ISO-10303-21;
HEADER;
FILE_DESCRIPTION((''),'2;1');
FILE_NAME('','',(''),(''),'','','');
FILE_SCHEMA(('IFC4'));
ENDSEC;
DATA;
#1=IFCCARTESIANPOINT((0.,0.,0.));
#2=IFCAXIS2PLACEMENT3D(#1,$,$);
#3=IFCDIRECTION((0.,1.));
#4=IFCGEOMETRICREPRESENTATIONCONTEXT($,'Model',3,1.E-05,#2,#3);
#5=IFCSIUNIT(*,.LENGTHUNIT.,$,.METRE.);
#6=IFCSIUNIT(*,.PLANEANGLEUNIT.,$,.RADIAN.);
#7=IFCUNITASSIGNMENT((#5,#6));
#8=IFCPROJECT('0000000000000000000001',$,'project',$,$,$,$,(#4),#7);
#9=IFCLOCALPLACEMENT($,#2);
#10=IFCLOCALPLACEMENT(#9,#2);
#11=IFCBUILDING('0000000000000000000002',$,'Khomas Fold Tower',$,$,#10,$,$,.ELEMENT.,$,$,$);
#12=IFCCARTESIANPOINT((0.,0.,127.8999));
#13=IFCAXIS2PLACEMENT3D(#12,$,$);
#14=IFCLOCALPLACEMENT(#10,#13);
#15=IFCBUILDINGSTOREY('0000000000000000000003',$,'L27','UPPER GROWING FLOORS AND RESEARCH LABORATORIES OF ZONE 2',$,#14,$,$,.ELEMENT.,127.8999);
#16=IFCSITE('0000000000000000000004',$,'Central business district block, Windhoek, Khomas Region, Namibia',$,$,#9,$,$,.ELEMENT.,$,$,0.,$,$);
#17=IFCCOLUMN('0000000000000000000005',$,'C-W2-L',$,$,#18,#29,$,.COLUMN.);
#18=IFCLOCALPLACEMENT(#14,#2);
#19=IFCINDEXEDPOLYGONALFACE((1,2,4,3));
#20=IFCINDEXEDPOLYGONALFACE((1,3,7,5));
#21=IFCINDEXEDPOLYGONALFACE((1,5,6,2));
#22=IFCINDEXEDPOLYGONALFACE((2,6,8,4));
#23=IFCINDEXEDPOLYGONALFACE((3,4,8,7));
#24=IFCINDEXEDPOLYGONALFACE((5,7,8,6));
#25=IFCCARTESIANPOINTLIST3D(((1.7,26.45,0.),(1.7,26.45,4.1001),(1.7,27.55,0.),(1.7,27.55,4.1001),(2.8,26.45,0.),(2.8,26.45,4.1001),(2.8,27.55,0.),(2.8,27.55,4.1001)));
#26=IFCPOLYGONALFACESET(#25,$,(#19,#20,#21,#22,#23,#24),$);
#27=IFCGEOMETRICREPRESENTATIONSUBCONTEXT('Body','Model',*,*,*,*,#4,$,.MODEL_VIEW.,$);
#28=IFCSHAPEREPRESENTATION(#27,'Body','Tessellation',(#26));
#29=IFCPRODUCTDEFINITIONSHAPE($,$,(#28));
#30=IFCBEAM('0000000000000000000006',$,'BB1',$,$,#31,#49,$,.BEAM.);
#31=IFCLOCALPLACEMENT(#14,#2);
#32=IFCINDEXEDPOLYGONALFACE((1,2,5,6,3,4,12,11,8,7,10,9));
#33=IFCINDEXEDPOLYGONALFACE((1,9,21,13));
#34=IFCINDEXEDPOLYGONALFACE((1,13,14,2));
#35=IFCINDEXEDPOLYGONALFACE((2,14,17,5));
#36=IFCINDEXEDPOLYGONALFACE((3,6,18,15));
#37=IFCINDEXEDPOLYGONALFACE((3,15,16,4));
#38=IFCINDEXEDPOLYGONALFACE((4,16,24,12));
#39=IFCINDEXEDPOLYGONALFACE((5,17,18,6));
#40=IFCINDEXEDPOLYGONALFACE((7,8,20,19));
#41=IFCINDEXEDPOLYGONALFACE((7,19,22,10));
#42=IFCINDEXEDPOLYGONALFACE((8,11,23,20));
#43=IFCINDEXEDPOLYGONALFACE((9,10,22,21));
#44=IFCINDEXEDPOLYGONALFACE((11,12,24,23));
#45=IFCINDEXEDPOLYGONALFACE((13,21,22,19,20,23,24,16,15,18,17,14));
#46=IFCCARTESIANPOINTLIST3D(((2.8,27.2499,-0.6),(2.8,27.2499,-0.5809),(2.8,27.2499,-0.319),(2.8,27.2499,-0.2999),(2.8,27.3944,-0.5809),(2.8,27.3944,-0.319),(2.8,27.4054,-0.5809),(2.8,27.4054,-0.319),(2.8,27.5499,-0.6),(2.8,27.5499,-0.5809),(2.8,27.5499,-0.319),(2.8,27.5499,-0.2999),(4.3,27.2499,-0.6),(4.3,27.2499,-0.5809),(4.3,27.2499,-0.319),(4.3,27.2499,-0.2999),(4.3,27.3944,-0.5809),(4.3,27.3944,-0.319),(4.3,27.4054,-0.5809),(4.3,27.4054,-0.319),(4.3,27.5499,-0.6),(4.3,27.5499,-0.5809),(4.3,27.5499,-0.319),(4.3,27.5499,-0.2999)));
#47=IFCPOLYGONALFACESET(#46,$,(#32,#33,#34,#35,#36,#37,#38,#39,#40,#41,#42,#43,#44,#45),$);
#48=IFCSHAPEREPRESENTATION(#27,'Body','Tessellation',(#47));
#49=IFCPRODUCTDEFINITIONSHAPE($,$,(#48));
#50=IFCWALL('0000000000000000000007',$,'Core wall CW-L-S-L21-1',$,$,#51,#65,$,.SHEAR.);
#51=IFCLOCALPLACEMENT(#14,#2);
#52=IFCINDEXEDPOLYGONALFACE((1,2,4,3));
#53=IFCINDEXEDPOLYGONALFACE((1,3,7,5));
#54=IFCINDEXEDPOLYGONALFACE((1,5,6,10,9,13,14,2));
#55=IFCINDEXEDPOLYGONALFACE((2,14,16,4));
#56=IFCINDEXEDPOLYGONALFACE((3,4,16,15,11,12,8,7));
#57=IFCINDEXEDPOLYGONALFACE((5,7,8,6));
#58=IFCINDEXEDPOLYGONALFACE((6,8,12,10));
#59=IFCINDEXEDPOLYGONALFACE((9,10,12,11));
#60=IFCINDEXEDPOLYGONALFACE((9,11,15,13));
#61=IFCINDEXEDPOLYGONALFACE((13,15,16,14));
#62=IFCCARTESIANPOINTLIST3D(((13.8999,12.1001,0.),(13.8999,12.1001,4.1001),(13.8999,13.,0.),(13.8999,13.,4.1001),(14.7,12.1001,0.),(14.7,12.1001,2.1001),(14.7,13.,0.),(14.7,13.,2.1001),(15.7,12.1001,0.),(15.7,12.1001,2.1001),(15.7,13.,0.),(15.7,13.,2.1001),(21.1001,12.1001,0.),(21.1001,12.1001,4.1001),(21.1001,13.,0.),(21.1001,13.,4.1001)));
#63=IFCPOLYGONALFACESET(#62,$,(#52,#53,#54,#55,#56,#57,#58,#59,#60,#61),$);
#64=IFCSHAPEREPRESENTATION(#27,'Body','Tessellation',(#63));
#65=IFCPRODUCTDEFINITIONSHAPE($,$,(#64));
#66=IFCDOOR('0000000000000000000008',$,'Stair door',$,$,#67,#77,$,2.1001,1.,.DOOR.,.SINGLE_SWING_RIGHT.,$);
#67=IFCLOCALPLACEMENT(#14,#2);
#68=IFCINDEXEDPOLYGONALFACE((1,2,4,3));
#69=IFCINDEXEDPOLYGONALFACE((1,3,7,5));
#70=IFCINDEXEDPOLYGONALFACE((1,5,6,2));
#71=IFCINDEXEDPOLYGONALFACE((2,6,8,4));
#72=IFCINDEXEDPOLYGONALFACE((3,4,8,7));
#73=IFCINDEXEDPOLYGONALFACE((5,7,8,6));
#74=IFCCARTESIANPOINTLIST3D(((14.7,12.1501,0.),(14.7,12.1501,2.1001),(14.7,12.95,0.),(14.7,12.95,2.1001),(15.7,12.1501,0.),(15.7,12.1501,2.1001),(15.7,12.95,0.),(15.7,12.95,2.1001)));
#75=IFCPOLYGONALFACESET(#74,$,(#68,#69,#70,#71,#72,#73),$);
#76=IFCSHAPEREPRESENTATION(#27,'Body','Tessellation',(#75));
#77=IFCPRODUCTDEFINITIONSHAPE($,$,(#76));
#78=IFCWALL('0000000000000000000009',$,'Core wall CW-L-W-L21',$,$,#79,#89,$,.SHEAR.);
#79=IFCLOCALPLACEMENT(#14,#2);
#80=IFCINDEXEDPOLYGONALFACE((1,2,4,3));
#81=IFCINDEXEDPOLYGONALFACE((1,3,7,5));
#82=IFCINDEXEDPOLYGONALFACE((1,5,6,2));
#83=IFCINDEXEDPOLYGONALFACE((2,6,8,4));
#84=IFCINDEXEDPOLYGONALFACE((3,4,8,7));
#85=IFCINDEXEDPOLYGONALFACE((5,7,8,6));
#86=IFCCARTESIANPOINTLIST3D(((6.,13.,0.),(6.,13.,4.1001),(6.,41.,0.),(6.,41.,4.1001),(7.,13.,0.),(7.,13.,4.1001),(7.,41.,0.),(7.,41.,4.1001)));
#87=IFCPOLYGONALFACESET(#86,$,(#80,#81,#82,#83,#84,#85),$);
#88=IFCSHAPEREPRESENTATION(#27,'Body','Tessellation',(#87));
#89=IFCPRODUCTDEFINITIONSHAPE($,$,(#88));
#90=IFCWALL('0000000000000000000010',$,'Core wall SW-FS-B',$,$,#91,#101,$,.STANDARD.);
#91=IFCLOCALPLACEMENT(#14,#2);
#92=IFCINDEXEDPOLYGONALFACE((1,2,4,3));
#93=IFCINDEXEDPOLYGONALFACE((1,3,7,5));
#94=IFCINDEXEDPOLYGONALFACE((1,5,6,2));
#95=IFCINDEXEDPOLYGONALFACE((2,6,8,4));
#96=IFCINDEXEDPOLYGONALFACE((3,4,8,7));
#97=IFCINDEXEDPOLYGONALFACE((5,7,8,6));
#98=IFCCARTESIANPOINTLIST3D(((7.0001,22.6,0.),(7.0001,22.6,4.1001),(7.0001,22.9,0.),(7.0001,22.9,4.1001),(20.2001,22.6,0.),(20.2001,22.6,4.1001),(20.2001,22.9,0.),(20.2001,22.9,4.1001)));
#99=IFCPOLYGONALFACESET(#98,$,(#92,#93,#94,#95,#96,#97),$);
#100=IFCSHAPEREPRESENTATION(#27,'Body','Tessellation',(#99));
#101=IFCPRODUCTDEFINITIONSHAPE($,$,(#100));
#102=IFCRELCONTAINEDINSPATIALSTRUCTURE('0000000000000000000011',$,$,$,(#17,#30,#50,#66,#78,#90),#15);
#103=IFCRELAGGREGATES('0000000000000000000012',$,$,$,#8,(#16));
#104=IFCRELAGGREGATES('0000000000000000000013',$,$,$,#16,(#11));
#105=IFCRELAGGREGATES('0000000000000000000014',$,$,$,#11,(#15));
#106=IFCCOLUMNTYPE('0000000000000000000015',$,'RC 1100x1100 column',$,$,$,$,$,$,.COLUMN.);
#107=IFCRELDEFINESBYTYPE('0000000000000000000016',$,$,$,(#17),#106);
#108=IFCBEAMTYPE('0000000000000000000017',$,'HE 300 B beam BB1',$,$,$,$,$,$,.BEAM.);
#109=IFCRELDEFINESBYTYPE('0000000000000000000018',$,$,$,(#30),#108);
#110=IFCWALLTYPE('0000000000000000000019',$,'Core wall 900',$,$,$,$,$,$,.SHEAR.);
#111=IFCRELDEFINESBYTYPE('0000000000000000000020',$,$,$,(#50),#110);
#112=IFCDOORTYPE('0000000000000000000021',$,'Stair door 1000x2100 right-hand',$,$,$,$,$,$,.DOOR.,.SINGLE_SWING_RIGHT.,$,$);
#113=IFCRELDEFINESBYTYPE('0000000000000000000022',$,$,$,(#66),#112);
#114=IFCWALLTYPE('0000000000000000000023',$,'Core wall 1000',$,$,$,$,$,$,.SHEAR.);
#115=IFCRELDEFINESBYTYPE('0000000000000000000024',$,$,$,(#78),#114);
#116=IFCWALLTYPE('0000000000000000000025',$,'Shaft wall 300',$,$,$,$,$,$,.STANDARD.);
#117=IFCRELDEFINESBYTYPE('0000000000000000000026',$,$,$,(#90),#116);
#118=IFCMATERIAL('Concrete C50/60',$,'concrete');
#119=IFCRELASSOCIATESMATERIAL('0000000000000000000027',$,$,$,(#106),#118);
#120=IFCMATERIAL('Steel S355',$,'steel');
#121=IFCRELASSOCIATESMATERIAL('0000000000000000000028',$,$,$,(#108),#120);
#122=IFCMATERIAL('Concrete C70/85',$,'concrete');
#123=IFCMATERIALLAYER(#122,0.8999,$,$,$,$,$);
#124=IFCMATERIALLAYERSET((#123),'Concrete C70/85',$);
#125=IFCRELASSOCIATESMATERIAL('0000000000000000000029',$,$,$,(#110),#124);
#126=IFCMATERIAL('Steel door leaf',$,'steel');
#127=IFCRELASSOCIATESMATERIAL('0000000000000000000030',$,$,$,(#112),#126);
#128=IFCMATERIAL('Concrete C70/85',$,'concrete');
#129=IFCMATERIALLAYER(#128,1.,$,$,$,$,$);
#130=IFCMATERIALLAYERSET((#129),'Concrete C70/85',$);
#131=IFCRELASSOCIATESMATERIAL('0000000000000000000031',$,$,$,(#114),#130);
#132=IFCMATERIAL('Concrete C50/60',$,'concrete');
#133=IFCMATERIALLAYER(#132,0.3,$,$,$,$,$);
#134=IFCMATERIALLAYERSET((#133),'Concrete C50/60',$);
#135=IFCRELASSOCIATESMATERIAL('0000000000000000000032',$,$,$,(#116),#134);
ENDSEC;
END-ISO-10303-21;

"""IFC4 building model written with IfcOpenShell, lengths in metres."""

from ifc_helpers import new_model, si_unit, direction, frame, frame_2d, origin, origin_2d, place, context, subcontext, project, spatial, rectangle, i_section, extrude, source, transform, mapped, material, layer, layer_set, material_profile, profile_set, type_object, element, fill, save


model = new_model("IFC4")

# Units and contexts
model_context = context("Model", 3, precision=1e-05, world=origin(), true_north=direction((0.0, 1.0)))
body_context = subcontext(model_context, "Body", "Model", "MODEL_VIEW")
ifc_project = project(units=[si_unit("LENGTHUNIT", "METRE"), si_unit("PLANEANGLEUNIT", "RADIAN")], contexts=[model_context])

# Site, building, storey
site_placement = place(None, origin())
site = spatial("IfcSite", under=ifc_project, at=site_placement, Name="Central business district block, Windhoek, Khomas Region, Namibia", CompositionType="ELEMENT", RefElevation=0.0)
building_placement = place(site_placement, origin())
building = spatial("IfcBuilding", under=site, at=building_placement, Name="Khomas Fold Tower", CompositionType="ELEMENT")
storey_placement = place(building_placement, frame((0.0, 0.0, 127.8999)))
storey = spatial("IfcBuildingStorey", under=building, at=storey_placement, Name="L27", Description="UPPER GROWING FLOORS AND RESEARCH LABORATORIES OF ZONE 2", CompositionType="ELEMENT", Elevation=127.8999)

# Column
ifc_material_1 = material(Name="Concrete C50/60", Category="concrete")
ifc_material_profile_1 = material_profile(ifc_material_1, rectangle(XDim=1.1001, YDim=1.1001, at=origin_2d()), Name="RC 1100x1100")
ifc_profile_set_1 = profile_set([ifc_material_profile_1], Name="Concrete C50/60")
column_type = type_object("IfcColumnType", Name="RC 1100x1100 column", PredefinedType="COLUMN", material=ifc_profile_set_1)
shared_shape_1 = source(origin(), body_context, "Body", "SweptSolid", [
    extrude(rectangle(XDim=1.1001, YDim=1.1001, at=origin_2d()), origin(), (0.0, 0.0, 1.0), 4.1001),
])
column_placement = place(storey_placement, frame((2.25, 27.0, 0.0), z_axis=(0.0, 0.0, 1.0), x_axis=(1.0, 0.0, 0.0)))
element("IfcColumn", 1, at=column_placement, inside=storey, type_object=column_type, Name="C-W2-L", PredefinedType="COLUMN", context=body_context, shape_type="MappedRepresentation", body=[
    mapped(shared_shape_1, transform((0.0, 0.0, 0.0))),
])

# Beam
ifc_material_2 = material(Name="Steel S355", Category="steel")
ifc_material_profile_2 = material_profile(ifc_material_2, i_section(OverallWidth=0.3, OverallDepth=0.3, WebThickness=0.011, FlangeThickness=0.019, at=origin_2d()), Name="HE 300 B")
ifc_profile_set_2 = profile_set([ifc_material_profile_2], Name="Steel S355")
beam_type = type_object("IfcBeamType", Name="HE 300 B beam BB1", PredefinedType="BEAM", material=ifc_profile_set_2)
shared_shape_2 = source(origin(), body_context, "Body", "SweptSolid", [
    extrude(i_section(OverallWidth=0.3, OverallDepth=0.3, WebThickness=0.011, FlangeThickness=0.019, at=origin_2d()), origin(), (0.0, 0.0, 1.0), 1.5),
])
beam_placement = place(storey_placement, frame((2.8, 27.3999, -0.45), z_axis=(1.0, 0.0, 0.0), x_axis=(0.0, 1.0, 0.0)))
element("IfcBeam", 2, at=beam_placement, inside=storey, type_object=beam_type, Name="BB1", PredefinedType="BEAM", context=body_context, shape_type="MappedRepresentation", body=[
    mapped(shared_shape_2, transform((0.0, 0.0, 0.0))),
])

# Wall, opening, door
ifc_material_3 = material(Name="Concrete C70/85", Category="concrete")
ifc_layer_1 = layer(ifc_material_3, 0.8999)
ifc_layer_set_1 = layer_set([ifc_layer_1], Name="Concrete C70/85")
wall_type_1 = type_object("IfcWallType", Name="Core wall 900", PredefinedType="SHEAR", material=ifc_layer_set_1)
shared_shape_3 = source(origin(), body_context, "Body", "SweptSolid", [
    extrude(rectangle(XDim=7.2002, YDim=0.8999, at=frame_2d((3.6001, 0.0))), origin(), (0.0, 0.0, 1.0), 4.1001),
])
wall_1_placement = place(storey_placement, frame((13.8999, 12.55, 0.0), z_axis=(0.0, 0.0, 1.0), x_axis=(1.0, 0.0, 0.0)))
wall_1 = element("IfcWall", 3, at=wall_1_placement, inside=storey, type_object=wall_type_1, Name="Core wall CW-L-S-L21-1", PredefinedType="SHEAR", context=body_context, shape_type="MappedRepresentation", body=[
    mapped(shared_shape_3, transform((0.0, 0.0, 0.0))),
])
shared_shape_4 = source(origin(), body_context, "Body", "SweptSolid", [
    extrude(rectangle(XDim=1.0, YDim=2.1001, at=frame_2d((0.5, 1.05))), frame((0.0, 0.46, 0.0), z_axis=(0.0, -1.0, 0.0), x_axis=(1.0, 0.0, 0.0)), (0.0, 0.0, 1.0), 0.9199),
])
opening_1_placement = place(wall_1_placement, frame((0.8, 0.0, 0.0)))
opening_1 = element("IfcOpeningElement", 4, at=opening_1_placement, cuts=wall_1, PredefinedType="OPENING", context=body_context, shape_type="MappedRepresentation", body=[
    mapped(shared_shape_4, transform((0.0, 0.0, 0.0))),
])
ifc_material_4 = material(Name="Steel door leaf", Category="steel")
door_type_1 = type_object("IfcDoorType", Name="Stair door 1000x2100 right-hand", OperationType="SINGLE_SWING_RIGHT", PredefinedType="DOOR", material=ifc_material_4)
shared_shape_5 = source(origin(), body_context, "Body", "SweptSolid", [
    extrude(rectangle(XDim=1.0, YDim=2.1001, at=frame_2d((0.5, 1.05))), frame((0.0, 0.3999, 0.0), z_axis=(0.0, -1.0, 0.0), x_axis=(1.0, 0.0, 0.0)), (0.0, 0.0, 1.0), 0.7998),
])
door_1_placement = place(opening_1_placement, origin())
door_1 = element("IfcDoor", 5, at=door_1_placement, inside=storey, type_object=door_type_1, Name="Stair door", OperationType="SINGLE_SWING_RIGHT", OverallHeight=2.1001, OverallWidth=1.0, PredefinedType="DOOR", context=body_context, shape_type="MappedRepresentation", body=[
    mapped(shared_shape_5, transform((0.0, 0.0, 0.0))),
])
fill(opening_1, door_1)

# Walls
ifc_material_5 = material(Name="Concrete C70/85", Category="concrete")
ifc_layer_2 = layer(ifc_material_5, 1.0)
ifc_layer_set_2 = layer_set([ifc_layer_2], Name="Concrete C70/85")
wall_type_2 = type_object("IfcWallType", Name="Core wall 1000", PredefinedType="SHEAR", material=ifc_layer_set_2)
shared_shape_6 = source(origin(), body_context, "Body", "SweptSolid", [
    extrude(rectangle(XDim=28.0, YDim=1.0, at=frame_2d((14.0, 0.0))), origin(), (0.0, 0.0, 1.0), 4.1001),
])
wall_2_placement = place(storey_placement, frame((6.5, 13.0, 0.0), z_axis=(0.0, 0.0, 1.0), x_axis=(0.0, 1.0, 0.0)))
element("IfcWall", 6, at=wall_2_placement, inside=storey, type_object=wall_type_2, Name="Core wall CW-L-W-L21", PredefinedType="SHEAR", context=body_context, shape_type="MappedRepresentation", body=[
    mapped(shared_shape_6, transform((0.0, 0.0, 0.0))),
])
ifc_material_6 = material(Name="Concrete C50/60", Category="concrete")
ifc_layer_3 = layer(ifc_material_6, 0.3)
ifc_layer_set_3 = layer_set([ifc_layer_3], Name="Concrete C50/60")
wall_type_3 = type_object("IfcWallType", Name="Shaft wall 300", PredefinedType="STANDARD", material=ifc_layer_set_3)
shared_shape_7 = source(origin(), body_context, "Body", "SweptSolid", [
    extrude(rectangle(XDim=13.2, YDim=0.3, at=frame_2d((6.6001, 0.0))), origin(), (0.0, 0.0, 1.0), 4.1001),
])
wall_3_placement = place(storey_placement, frame((7.0, 22.75, 0.0), z_axis=(0.0, 0.0, 1.0), x_axis=(1.0, 0.0, 0.0)))
element("IfcWall", 7, at=wall_3_placement, inside=storey, type_object=wall_type_3, Name="Core wall SW-FS-B", PredefinedType="STANDARD", context=body_context, shape_type="MappedRepresentation", body=[
    mapped(shared_shape_7, transform((0.0, 0.0, 0.0))),
])

save(model, "model.ifc")
